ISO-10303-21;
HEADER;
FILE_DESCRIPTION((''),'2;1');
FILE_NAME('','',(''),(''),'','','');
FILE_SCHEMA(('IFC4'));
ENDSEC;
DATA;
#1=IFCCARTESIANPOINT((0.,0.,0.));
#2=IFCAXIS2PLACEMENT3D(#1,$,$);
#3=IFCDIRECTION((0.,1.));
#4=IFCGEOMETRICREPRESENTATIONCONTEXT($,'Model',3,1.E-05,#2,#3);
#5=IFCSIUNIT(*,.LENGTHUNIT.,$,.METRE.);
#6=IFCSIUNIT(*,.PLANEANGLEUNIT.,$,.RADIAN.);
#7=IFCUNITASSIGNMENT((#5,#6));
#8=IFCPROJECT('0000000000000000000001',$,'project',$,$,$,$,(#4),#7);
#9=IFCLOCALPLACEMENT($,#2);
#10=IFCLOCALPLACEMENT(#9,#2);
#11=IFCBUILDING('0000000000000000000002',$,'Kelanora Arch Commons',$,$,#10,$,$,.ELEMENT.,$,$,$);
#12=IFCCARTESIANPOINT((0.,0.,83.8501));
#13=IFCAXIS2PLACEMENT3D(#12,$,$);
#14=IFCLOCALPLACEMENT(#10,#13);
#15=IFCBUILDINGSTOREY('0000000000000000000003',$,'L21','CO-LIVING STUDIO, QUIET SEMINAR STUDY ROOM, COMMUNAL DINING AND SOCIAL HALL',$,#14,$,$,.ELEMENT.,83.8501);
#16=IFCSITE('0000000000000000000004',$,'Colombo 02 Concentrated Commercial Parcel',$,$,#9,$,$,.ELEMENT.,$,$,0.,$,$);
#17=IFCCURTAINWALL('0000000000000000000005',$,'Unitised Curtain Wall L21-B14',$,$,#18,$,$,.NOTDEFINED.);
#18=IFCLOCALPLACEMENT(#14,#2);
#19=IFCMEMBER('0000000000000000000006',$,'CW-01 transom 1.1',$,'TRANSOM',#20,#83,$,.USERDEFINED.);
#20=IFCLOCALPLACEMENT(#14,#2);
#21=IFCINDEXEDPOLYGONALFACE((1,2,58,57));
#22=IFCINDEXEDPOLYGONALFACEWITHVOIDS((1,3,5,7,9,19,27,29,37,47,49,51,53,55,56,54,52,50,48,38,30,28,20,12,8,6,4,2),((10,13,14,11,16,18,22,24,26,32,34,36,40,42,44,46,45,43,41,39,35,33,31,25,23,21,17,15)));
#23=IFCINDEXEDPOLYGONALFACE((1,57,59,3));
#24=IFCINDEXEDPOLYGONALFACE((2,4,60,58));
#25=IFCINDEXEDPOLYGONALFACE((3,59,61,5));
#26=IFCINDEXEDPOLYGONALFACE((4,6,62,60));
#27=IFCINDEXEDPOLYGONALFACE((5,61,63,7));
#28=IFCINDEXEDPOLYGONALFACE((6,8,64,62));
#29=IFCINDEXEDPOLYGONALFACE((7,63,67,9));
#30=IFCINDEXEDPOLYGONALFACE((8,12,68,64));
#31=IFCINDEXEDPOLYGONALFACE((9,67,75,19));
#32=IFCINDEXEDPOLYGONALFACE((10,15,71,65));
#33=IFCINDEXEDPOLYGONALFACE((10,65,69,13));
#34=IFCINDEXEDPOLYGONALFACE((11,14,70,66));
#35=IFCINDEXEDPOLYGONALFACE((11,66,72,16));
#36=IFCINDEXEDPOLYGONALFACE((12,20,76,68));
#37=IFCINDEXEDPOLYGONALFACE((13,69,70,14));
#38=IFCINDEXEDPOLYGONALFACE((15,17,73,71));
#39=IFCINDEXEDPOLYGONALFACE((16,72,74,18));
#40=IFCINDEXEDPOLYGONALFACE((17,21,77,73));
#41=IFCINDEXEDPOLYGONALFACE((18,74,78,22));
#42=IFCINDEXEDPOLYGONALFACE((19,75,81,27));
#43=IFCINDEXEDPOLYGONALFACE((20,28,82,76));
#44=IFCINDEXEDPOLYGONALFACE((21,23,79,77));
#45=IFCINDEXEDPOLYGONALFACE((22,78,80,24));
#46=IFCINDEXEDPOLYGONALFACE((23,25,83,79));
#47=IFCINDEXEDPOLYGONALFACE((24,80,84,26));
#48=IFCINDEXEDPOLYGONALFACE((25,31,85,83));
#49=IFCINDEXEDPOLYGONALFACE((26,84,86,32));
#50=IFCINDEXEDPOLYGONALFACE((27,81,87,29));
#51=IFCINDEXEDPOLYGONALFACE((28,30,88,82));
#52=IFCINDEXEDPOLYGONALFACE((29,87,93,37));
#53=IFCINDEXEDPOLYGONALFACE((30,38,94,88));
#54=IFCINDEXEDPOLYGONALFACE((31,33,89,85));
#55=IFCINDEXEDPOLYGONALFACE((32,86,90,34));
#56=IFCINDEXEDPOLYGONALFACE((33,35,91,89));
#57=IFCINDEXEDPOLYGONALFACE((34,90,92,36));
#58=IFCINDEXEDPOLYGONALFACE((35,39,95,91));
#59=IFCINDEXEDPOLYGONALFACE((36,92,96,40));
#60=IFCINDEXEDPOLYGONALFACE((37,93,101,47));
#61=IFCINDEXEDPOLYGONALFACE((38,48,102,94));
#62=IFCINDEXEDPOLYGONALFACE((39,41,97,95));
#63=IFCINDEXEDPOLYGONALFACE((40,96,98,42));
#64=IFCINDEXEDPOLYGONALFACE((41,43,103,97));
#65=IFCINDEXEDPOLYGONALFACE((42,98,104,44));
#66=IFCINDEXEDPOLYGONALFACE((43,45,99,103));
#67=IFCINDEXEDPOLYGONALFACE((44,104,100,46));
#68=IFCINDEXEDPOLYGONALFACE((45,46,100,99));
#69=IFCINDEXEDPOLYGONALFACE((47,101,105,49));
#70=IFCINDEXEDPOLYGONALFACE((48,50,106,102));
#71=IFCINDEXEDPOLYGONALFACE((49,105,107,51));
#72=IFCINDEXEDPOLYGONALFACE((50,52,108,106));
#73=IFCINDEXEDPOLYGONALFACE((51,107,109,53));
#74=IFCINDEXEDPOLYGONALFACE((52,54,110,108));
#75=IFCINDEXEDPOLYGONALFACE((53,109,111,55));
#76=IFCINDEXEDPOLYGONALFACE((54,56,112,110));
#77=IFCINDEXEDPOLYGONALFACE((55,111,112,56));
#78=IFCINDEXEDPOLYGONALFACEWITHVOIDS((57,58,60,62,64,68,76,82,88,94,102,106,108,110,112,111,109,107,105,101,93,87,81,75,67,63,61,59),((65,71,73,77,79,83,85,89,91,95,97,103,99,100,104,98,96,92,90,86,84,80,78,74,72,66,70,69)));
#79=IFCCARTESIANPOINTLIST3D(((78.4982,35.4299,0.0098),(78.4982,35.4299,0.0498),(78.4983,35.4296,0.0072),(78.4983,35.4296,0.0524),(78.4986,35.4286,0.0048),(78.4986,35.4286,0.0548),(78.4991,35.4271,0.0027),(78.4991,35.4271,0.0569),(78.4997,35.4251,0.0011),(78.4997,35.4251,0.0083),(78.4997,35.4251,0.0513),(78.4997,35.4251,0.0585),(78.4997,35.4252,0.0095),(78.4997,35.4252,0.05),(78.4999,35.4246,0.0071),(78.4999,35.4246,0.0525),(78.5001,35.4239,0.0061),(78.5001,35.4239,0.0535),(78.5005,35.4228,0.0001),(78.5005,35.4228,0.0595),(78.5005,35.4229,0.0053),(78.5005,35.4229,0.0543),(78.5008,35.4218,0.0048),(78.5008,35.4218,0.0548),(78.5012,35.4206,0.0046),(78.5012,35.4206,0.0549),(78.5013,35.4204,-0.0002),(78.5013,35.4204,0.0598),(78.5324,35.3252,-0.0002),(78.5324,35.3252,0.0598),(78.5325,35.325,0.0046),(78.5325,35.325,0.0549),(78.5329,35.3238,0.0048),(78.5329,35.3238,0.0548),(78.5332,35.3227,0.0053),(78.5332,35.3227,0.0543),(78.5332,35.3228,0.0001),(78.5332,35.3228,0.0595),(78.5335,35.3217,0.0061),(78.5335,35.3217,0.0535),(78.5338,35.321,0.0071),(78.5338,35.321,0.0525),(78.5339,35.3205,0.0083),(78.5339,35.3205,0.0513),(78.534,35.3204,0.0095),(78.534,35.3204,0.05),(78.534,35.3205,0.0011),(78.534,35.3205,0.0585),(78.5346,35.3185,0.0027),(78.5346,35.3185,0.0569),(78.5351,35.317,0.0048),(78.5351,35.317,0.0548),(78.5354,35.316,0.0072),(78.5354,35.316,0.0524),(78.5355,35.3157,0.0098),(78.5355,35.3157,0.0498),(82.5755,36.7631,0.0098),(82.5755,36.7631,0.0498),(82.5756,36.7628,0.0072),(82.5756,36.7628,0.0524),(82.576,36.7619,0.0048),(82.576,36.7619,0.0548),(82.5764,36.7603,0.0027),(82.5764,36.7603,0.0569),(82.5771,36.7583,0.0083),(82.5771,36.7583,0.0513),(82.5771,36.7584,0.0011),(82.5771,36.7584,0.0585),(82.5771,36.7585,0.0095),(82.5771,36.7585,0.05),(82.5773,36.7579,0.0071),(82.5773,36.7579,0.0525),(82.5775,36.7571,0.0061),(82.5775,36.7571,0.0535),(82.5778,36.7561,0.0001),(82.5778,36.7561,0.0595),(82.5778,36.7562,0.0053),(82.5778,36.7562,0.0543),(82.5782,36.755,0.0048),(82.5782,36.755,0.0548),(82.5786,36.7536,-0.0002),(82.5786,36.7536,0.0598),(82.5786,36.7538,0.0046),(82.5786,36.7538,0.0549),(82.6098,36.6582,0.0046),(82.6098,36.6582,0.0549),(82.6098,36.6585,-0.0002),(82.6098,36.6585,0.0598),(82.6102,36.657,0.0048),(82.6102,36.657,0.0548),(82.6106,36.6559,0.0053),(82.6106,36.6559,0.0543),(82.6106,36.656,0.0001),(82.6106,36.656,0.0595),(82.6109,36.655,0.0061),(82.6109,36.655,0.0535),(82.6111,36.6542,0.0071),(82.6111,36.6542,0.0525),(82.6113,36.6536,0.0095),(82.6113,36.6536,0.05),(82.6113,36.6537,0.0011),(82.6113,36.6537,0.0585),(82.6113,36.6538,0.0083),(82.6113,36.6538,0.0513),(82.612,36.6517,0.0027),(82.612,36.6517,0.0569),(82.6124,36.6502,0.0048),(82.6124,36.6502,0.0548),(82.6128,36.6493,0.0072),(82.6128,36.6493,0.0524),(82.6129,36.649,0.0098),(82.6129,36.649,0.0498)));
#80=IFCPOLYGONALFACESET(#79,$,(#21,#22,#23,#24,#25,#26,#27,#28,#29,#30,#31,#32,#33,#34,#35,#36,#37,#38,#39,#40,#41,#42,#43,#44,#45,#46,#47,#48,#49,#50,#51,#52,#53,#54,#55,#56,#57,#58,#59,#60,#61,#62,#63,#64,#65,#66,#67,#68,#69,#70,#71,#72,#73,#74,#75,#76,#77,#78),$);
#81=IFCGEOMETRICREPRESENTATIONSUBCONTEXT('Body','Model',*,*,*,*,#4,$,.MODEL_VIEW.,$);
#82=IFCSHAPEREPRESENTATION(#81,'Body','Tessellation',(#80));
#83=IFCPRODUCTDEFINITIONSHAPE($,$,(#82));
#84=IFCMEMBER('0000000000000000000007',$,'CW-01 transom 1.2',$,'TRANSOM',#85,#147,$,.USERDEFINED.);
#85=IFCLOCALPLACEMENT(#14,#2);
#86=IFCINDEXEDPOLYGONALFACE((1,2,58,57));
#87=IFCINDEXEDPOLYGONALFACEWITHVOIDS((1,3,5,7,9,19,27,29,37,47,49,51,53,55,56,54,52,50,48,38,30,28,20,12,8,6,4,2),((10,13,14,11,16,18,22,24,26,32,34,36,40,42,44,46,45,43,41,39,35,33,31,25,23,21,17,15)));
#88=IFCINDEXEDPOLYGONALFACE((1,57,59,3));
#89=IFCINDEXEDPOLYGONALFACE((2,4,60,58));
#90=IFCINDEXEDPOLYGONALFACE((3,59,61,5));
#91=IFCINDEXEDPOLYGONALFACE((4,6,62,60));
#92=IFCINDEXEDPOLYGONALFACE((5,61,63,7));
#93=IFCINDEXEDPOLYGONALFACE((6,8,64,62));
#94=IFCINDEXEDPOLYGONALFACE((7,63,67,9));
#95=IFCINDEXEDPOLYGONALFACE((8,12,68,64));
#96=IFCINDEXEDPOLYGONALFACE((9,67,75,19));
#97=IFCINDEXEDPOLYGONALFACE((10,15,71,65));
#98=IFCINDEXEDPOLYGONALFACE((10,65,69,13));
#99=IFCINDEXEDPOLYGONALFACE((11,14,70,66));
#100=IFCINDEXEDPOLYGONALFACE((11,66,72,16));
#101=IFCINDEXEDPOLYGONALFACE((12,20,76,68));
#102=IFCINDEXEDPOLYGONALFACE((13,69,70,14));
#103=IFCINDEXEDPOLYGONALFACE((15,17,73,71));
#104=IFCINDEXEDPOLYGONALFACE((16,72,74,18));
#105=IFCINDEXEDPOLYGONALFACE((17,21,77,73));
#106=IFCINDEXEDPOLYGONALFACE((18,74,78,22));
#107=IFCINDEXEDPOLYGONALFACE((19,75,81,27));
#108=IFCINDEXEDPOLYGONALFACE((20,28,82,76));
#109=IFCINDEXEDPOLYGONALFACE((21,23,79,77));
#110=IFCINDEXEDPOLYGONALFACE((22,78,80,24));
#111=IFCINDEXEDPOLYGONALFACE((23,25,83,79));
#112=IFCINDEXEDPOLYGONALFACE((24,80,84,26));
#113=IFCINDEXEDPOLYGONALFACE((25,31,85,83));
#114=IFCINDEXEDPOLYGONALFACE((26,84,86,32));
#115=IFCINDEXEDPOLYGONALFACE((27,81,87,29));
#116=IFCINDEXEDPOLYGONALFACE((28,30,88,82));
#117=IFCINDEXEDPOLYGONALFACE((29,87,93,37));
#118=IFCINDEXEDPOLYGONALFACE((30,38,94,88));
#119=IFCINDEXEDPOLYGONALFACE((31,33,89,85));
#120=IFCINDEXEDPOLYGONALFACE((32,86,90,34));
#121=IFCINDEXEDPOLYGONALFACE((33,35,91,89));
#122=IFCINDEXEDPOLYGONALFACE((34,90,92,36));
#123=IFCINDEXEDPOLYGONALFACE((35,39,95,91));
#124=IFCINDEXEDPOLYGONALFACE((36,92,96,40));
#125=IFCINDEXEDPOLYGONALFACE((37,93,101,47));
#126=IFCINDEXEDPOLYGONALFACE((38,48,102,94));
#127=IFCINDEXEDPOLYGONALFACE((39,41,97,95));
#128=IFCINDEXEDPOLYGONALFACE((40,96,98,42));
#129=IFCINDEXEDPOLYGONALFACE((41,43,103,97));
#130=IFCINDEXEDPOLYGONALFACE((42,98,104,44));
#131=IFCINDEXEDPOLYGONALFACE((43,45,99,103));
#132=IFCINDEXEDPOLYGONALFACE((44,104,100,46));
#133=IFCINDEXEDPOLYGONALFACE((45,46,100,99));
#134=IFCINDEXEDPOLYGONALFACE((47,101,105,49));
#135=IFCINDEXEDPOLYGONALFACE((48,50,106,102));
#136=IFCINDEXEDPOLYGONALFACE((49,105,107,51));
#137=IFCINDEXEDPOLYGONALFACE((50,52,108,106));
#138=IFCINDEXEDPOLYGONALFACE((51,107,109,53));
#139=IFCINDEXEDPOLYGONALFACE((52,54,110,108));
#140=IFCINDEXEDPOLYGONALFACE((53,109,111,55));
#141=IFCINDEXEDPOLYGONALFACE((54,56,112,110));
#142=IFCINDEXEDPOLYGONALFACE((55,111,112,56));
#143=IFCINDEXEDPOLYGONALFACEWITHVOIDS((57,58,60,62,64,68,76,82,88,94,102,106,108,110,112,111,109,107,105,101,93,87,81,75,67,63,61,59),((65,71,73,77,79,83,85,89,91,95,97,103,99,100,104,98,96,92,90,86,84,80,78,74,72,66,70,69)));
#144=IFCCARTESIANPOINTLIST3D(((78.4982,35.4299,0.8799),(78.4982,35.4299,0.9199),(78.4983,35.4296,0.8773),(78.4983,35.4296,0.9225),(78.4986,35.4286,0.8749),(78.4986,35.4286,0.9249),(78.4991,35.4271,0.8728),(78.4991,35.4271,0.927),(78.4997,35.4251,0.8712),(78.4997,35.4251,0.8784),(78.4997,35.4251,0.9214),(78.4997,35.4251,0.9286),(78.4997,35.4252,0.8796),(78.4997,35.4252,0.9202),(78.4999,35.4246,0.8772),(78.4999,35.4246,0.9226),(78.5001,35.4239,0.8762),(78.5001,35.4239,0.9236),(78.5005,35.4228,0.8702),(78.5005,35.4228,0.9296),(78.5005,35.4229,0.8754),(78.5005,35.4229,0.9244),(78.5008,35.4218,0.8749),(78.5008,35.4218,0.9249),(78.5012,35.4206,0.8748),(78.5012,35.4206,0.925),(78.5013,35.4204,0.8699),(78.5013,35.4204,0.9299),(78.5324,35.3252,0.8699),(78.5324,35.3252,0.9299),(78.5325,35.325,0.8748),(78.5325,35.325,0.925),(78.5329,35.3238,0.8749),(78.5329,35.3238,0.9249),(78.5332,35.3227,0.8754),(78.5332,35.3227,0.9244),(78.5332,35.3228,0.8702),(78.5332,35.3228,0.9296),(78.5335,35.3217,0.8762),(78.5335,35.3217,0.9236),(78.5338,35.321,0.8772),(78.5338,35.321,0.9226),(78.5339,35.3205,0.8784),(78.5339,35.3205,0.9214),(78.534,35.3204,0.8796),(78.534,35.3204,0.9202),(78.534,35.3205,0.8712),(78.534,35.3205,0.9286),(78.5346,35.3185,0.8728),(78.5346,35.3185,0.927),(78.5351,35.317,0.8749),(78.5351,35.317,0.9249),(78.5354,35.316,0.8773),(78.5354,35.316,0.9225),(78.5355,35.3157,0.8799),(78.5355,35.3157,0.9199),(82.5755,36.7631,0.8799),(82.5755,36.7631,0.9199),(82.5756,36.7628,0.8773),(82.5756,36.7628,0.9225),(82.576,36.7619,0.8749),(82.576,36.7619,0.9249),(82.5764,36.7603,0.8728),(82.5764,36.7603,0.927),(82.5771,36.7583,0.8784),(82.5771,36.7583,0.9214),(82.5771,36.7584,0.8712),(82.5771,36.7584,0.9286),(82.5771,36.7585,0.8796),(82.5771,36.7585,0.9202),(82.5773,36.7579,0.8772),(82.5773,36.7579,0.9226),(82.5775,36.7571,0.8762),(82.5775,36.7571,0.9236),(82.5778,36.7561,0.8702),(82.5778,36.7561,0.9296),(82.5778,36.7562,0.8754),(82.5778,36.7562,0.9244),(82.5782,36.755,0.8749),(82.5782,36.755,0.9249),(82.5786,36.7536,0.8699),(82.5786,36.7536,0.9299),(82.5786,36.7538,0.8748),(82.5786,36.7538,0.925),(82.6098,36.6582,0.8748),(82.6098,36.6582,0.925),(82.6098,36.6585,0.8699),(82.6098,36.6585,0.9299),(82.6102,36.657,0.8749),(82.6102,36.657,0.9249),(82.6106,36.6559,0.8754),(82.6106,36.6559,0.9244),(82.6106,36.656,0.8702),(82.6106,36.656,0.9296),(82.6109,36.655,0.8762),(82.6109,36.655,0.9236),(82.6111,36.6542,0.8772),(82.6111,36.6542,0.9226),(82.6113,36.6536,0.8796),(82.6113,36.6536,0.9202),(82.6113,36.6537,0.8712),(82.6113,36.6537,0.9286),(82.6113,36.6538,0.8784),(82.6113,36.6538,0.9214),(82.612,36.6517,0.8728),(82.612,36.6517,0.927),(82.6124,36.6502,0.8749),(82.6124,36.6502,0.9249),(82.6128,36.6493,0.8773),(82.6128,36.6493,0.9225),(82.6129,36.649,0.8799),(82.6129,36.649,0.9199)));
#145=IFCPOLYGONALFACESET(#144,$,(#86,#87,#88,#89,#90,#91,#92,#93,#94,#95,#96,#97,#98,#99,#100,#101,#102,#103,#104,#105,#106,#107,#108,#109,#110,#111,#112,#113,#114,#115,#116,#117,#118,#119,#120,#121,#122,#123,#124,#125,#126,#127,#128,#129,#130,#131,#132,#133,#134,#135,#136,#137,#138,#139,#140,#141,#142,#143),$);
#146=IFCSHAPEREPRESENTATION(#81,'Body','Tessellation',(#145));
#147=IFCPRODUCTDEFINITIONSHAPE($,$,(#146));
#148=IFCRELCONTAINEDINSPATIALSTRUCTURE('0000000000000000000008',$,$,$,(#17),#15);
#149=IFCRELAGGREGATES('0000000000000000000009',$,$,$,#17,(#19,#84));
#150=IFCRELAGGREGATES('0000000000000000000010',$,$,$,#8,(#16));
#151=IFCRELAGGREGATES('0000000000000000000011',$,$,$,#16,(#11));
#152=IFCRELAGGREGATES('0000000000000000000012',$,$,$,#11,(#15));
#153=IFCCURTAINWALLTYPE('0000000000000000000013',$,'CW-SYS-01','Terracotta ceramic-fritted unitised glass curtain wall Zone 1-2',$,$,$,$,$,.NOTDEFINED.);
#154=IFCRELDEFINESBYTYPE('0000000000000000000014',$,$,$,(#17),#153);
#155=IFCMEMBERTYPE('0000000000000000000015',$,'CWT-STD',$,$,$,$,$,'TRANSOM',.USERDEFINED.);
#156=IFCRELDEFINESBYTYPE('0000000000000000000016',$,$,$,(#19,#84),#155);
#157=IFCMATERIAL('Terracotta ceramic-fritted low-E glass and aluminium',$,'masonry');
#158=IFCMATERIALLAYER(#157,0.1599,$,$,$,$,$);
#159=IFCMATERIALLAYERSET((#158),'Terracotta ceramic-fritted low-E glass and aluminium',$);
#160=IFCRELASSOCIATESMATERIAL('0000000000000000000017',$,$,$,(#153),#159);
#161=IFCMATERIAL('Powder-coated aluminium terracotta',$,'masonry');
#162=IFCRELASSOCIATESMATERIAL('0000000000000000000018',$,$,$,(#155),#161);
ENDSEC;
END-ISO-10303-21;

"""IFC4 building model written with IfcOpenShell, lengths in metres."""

from ifc_helpers import new_model, si_unit, direction, frame, origin, origin_2d, place, context, subcontext, project, spatial, hollow_rectangle, extrude, material, layer, layer_set, material_profile, profile_set, type_object, element, aggregate, save


model = new_model("IFC4")

# Units and contexts
model_context = context("Model", 3, precision=1e-05, world=origin(), true_north=direction((0.0, 1.0)))
body_context = subcontext(model_context, "Body", "Model", "MODEL_VIEW")
ifc_project = project(units=[si_unit("LENGTHUNIT", "METRE"), si_unit("PLANEANGLEUNIT", "RADIAN")], contexts=[model_context])

# Site, building, storey
site_placement = place(None, origin())
site = spatial("IfcSite", under=ifc_project, at=site_placement, Name="Colombo 02 Concentrated Commercial Parcel", CompositionType="ELEMENT", RefElevation=0.0)
building_placement = place(site_placement, origin())
building = spatial("IfcBuilding", under=site, at=building_placement, Name="Kelanora Arch Commons", CompositionType="ELEMENT")
storey_placement = place(building_placement, frame((0.0, 0.0, 83.8501)))
storey = spatial("IfcBuildingStorey", under=building, at=storey_placement, Name="L21", Description="CO-LIVING STUDIO, QUIET SEMINAR STUDY ROOM, COMMUNAL DINING AND SOCIAL HALL", CompositionType="ELEMENT", Elevation=83.8501)

# Curtain wall, members
ifc_material_1 = material(Name="Terracotta ceramic-fritted low-E glass and aluminium", Category="masonry")
ifc_layer_1 = layer(ifc_material_1, 0.1599)
ifc_layer_set_1 = layer_set([ifc_layer_1], Name="Terracotta ceramic-fritted low-E glass and aluminium")
curtain_wall_type = type_object("IfcCurtainWallType", Name="CW-SYS-01", Description="Terracotta ceramic-fritted unitised glass curtain wall Zone 1-2", PredefinedType="NOTDEFINED", material=ifc_layer_set_1)
curtain_wall_placement = place(storey_placement, origin())
curtain_wall = element("IfcCurtainWall", 1, at=curtain_wall_placement, inside=storey, type_object=curtain_wall_type, Name="Unitised Curtain Wall L21-B14", PredefinedType="NOTDEFINED")
ifc_material_2 = material(Name="Powder-coated aluminium terracotta", Category="masonry")
ifc_material_profile_1 = material_profile(ifc_material_2, hollow_rectangle(XDim=0.1201, YDim=0.0601, WallThickness=0.0049, InnerFilletRadius=0.0049, OuterFilletRadius=0.01, at=origin_2d()), Name="CWT120x60")
ifc_profile_set_1 = profile_set([ifc_material_profile_1], Name="Powder-coated aluminium terracotta")
member_type_1 = type_object("IfcMemberType", Name="CWT-STD", ElementType="TRANSOM", PredefinedType="USERDEFINED", material=ifc_profile_set_1)
member_1_placement = place(storey_placement, frame((78.5168, 35.3728, 0.0298), z_axis=(0.950478, 0.310793, 0.0), x_axis=(-0.310793, 0.950478, 0.0)))
member_1 = element("IfcMember", 2, at=member_1_placement, type_object=member_type_1, Name="CW-01 transom 1.1", ObjectType="TRANSOM", PredefinedType="USERDEFINED", context=body_context, shape_type="SweptSolid", body=[
    extrude(hollow_rectangle(XDim=0.1201, YDim=0.0601, WallThickness=0.0049, InnerFilletRadius=0.0049, OuterFilletRadius=0.01, at=origin_2d()), origin(), (0.0, 0.0, 1.0), 4.2898),
])
member_2_placement = place(storey_placement, frame((78.5168, 35.3728, 0.8999), z_axis=(0.950478, 0.310793, 0.0), x_axis=(-0.310793, 0.950478, 0.0)))
member_2 = element("IfcMember", 3, at=member_2_placement, type_object=member_type_1, Name="CW-01 transom 1.2", ObjectType="TRANSOM", PredefinedType="USERDEFINED", context=body_context, shape_type="SweptSolid", body=[
    extrude(hollow_rectangle(XDim=0.1201, YDim=0.0601, WallThickness=0.0049, InnerFilletRadius=0.0049, OuterFilletRadius=0.01, at=origin_2d()), origin(), (0.0, 0.0, 1.0), 4.2898),
])
aggregate(curtain_wall, [member_1, member_2])

save(model, "model.ifc")
